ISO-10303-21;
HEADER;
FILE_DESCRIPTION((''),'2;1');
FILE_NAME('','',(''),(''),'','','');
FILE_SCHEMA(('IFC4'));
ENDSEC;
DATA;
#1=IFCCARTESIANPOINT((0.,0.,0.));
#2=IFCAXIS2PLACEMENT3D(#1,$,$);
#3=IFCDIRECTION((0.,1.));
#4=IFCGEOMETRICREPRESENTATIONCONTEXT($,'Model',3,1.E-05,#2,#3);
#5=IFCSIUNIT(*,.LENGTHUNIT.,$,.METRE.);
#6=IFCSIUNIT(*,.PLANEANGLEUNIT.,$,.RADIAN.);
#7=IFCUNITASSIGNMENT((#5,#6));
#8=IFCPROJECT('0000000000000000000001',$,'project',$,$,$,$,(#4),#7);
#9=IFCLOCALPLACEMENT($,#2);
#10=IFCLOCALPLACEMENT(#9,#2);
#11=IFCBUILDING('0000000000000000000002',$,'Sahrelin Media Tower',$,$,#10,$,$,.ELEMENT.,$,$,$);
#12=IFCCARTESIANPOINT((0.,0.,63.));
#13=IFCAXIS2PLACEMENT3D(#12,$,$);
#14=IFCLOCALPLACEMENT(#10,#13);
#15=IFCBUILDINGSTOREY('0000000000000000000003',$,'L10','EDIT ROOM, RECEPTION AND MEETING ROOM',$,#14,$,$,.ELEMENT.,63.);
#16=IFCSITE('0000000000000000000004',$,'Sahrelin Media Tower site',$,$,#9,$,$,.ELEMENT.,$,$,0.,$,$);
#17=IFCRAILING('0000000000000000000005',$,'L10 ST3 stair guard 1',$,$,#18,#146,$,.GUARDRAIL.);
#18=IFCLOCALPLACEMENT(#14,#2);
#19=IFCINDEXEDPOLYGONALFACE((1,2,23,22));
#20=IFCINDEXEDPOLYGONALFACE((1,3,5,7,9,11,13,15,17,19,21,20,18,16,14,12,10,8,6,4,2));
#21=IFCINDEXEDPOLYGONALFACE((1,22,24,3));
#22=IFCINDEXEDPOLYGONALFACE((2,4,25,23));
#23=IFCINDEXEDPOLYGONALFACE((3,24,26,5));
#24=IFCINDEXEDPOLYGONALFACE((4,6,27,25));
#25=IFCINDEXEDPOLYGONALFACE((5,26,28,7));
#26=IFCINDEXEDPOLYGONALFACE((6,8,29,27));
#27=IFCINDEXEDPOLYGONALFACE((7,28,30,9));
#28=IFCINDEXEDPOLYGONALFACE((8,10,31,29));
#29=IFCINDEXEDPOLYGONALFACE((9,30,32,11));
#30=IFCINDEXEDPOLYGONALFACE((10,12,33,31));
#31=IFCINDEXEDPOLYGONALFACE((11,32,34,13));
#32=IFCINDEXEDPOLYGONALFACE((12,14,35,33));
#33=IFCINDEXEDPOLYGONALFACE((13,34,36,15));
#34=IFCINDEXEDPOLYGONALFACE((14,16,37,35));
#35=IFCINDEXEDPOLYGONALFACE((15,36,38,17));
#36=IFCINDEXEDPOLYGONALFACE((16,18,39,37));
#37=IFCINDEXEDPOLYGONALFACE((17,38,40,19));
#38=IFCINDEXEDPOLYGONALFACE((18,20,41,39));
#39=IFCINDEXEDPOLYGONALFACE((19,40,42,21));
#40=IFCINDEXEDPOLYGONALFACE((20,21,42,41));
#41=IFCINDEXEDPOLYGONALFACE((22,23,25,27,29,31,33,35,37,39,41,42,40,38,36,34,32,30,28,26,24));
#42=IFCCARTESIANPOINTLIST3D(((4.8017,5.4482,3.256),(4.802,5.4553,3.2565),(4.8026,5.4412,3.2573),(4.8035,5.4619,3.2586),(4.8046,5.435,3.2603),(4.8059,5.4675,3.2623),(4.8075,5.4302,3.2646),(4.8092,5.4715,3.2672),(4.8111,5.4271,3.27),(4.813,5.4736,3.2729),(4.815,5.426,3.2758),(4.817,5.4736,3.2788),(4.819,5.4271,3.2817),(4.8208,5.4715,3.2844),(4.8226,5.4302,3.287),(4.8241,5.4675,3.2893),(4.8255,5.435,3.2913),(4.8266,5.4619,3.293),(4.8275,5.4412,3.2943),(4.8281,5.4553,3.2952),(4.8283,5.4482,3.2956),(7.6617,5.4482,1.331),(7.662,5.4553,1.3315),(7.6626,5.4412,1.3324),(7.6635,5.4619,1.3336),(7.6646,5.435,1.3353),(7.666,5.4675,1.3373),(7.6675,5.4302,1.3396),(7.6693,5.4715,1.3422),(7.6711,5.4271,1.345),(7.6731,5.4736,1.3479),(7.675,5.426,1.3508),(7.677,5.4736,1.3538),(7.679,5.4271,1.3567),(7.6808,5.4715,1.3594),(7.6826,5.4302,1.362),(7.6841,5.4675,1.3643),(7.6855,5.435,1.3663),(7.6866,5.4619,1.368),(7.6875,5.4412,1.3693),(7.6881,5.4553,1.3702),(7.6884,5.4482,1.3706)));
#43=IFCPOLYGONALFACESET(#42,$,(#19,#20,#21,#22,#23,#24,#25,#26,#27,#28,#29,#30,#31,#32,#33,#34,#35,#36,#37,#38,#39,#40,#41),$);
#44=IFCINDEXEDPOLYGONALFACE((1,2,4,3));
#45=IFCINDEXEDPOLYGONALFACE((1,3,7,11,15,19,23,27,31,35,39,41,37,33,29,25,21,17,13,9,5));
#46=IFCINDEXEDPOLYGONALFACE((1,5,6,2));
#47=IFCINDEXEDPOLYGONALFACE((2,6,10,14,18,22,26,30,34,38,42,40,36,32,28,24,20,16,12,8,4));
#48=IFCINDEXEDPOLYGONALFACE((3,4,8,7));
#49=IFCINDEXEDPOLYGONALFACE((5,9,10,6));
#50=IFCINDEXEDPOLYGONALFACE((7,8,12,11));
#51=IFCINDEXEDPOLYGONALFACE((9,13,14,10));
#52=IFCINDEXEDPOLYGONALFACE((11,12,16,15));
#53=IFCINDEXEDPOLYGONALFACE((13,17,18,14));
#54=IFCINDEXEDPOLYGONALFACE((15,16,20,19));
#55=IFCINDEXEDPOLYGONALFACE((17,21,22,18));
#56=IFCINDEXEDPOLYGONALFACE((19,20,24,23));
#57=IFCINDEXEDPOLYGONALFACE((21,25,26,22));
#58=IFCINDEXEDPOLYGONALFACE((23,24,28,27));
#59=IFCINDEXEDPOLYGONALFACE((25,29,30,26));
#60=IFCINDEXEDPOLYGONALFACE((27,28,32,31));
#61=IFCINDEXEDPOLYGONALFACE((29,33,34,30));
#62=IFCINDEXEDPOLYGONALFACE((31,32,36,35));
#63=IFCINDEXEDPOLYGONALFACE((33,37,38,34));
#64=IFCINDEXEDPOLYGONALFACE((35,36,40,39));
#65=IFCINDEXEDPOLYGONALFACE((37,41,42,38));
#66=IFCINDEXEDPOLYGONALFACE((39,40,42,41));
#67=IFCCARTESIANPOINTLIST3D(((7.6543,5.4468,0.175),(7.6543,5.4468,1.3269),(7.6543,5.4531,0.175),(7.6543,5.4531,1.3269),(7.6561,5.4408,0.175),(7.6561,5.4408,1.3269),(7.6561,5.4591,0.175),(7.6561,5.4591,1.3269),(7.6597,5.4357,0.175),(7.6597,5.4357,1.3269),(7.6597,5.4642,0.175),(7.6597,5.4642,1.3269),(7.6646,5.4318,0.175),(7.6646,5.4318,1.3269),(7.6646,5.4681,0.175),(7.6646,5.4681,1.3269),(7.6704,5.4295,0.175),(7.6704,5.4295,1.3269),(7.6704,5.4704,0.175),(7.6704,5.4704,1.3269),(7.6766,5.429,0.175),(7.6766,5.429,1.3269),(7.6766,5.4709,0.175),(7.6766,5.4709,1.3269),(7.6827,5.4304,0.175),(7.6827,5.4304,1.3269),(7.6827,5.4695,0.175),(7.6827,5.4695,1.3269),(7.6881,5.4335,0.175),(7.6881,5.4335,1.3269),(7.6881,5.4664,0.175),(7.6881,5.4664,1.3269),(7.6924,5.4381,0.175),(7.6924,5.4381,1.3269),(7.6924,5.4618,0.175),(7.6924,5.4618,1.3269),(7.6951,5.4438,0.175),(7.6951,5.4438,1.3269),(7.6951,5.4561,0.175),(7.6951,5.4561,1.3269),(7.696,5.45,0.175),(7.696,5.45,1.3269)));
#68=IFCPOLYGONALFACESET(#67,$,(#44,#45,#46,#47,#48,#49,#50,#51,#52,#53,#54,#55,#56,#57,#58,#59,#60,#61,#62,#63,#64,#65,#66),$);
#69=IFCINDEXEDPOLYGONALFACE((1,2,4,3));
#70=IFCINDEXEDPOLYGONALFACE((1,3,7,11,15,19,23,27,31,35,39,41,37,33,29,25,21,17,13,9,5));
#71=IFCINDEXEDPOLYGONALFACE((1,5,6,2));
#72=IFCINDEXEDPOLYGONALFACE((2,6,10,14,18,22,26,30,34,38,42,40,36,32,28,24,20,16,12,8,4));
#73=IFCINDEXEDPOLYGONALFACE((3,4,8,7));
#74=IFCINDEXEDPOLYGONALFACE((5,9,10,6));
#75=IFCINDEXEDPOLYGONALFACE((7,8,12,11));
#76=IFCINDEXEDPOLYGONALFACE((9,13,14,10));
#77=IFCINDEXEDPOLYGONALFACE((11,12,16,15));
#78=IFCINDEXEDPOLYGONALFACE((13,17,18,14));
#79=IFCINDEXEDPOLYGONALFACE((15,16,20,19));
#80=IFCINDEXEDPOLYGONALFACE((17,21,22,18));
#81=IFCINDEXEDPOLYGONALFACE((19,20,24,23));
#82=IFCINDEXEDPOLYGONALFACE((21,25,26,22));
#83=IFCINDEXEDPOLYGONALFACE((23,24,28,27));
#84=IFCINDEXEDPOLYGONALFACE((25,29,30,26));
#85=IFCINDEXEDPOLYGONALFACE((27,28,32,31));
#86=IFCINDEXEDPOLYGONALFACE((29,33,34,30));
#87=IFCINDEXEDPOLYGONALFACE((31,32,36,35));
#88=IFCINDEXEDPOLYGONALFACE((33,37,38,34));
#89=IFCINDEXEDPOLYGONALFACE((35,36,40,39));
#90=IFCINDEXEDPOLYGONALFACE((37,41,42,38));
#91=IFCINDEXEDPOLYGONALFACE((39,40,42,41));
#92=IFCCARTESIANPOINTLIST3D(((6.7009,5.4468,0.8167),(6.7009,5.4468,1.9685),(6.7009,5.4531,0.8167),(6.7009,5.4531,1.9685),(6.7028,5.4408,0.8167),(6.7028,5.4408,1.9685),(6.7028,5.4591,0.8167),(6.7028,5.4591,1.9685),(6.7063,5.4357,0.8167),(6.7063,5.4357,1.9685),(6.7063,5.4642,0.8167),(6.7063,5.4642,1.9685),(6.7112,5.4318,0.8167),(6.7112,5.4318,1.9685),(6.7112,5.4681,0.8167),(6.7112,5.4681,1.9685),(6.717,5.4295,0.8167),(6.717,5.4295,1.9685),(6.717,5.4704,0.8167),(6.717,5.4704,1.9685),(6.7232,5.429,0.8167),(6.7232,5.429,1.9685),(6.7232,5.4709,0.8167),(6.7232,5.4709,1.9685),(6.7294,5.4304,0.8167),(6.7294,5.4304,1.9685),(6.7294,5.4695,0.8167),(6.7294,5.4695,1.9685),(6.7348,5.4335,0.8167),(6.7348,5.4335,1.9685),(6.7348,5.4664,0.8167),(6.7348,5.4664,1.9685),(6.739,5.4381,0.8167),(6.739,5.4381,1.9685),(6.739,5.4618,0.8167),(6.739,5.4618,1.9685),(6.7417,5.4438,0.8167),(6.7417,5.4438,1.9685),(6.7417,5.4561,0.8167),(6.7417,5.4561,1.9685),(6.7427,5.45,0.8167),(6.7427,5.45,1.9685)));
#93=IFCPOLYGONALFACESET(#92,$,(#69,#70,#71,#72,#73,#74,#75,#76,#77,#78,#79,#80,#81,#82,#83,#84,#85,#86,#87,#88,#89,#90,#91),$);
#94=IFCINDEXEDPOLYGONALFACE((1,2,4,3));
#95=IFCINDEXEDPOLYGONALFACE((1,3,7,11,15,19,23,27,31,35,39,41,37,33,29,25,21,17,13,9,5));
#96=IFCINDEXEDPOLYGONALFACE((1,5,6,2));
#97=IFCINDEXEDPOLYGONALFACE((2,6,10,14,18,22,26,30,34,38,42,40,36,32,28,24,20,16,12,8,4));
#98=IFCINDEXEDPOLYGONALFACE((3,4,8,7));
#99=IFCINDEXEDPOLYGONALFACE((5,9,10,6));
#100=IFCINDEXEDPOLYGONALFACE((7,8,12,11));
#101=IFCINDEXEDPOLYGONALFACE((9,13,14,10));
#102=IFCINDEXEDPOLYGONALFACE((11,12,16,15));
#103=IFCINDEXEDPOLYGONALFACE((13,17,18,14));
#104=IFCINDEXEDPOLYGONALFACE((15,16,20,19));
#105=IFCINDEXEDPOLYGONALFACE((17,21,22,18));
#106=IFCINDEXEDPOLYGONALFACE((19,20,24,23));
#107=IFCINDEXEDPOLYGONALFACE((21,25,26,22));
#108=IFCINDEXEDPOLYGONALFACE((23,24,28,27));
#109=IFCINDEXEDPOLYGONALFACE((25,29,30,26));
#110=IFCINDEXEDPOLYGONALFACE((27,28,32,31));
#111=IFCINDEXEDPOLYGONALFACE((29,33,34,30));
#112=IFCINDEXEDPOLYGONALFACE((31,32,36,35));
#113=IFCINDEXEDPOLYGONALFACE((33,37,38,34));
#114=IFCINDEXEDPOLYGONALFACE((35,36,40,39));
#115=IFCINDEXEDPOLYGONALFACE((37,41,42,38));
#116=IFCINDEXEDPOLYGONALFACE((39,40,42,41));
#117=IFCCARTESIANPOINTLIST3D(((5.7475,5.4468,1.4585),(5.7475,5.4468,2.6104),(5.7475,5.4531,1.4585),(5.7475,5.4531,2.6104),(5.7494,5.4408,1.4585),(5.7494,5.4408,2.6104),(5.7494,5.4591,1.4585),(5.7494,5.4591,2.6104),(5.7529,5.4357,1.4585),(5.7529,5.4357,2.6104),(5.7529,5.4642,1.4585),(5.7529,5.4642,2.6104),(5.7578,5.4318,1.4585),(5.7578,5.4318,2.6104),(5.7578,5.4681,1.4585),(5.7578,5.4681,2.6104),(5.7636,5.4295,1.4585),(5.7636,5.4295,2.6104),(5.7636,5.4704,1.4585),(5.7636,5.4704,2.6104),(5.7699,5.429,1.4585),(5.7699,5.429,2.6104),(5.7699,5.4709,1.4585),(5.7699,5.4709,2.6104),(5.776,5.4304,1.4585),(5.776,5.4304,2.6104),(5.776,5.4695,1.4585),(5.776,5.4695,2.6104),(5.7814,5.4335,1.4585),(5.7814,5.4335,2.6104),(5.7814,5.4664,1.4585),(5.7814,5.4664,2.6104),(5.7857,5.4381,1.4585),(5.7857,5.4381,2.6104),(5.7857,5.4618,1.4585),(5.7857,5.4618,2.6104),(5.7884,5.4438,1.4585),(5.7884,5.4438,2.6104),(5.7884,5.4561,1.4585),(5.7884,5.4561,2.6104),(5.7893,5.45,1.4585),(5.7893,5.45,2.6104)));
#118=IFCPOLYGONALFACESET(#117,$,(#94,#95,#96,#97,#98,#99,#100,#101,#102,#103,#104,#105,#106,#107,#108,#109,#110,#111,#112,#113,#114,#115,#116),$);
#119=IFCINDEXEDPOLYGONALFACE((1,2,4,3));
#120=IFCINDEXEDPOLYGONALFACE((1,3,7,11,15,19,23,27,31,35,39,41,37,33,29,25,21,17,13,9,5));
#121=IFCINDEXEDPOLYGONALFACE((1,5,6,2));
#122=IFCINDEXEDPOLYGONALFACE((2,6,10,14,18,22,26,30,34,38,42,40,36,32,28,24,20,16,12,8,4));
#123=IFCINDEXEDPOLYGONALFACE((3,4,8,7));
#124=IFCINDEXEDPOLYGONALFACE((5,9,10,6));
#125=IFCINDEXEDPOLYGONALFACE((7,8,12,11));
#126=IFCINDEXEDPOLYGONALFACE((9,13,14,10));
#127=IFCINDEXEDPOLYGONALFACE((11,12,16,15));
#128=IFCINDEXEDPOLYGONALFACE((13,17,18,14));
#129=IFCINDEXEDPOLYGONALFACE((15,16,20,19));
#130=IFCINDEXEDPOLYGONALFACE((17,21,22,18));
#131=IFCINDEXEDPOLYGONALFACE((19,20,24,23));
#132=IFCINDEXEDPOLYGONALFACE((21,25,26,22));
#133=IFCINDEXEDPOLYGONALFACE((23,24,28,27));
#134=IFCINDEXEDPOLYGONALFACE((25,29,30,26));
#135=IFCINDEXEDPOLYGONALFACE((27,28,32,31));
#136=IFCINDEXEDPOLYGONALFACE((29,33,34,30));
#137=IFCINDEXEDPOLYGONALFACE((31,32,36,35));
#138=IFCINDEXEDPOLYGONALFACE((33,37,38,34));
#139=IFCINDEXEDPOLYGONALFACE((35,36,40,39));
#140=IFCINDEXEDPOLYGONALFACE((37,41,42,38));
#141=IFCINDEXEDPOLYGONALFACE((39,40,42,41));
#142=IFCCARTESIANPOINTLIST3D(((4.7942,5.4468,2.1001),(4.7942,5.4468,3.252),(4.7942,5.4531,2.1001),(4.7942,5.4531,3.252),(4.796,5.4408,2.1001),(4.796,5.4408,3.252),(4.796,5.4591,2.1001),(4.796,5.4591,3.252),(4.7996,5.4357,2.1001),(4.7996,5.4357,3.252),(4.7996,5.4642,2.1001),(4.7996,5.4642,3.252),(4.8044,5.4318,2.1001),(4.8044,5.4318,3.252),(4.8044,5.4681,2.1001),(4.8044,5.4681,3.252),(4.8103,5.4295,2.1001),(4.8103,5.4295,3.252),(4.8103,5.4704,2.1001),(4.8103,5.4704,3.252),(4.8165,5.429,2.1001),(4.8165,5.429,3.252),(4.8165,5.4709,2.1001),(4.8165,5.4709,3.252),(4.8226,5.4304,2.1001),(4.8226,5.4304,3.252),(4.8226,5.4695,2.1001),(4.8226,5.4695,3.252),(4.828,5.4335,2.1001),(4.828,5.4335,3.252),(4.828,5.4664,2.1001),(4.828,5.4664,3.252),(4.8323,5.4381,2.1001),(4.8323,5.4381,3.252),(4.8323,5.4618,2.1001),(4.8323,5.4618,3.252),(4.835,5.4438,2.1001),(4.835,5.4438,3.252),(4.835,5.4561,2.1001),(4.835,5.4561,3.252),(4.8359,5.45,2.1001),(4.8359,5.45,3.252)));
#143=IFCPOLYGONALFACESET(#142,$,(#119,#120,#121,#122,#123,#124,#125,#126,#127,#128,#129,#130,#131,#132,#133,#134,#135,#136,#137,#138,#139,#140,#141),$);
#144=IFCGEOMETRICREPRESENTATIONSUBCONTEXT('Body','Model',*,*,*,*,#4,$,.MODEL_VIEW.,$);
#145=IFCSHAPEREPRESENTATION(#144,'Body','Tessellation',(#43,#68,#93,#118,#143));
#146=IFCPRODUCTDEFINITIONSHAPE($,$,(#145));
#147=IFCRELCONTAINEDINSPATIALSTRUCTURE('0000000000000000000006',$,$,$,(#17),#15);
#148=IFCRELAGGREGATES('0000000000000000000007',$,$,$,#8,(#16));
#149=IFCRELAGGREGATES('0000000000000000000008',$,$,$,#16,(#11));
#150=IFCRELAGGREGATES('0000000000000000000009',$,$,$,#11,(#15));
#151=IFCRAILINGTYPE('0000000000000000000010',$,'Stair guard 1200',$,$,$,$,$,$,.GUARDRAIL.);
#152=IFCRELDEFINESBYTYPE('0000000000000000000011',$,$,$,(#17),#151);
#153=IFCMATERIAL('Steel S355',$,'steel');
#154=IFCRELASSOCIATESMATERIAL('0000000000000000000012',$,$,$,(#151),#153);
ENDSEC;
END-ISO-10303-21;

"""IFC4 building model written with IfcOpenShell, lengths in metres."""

from ifc_helpers import new_model, si_unit, direction, frame, origin, origin_2d, place, context, subcontext, project, spatial, circle, extrude, material, type_object, element, save


model = new_model("IFC4")

# Units and contexts
model_context = context("Model", 3, precision=1e-05, world=origin(), true_north=direction((0.0, 1.0)))
body_context = subcontext(model_context, "Body", "Model", "MODEL_VIEW")
ifc_project = project(units=[si_unit("LENGTHUNIT", "METRE"), si_unit("PLANEANGLEUNIT", "RADIAN")], contexts=[model_context])

# Site, building, storey
site_placement = place(None, origin())
site = spatial("IfcSite", under=ifc_project, at=site_placement, Name="Sahrelin Media Tower site", CompositionType="ELEMENT", RefElevation=0.0)
building_placement = place(site_placement, origin())
building = spatial("IfcBuilding", under=site, at=building_placement, Name="Sahrelin Media Tower", CompositionType="ELEMENT")
storey_placement = place(building_placement, frame((0.0, 0.0, 63.0)))
storey = spatial("IfcBuildingStorey", under=building, at=storey_placement, Name="L10", Description="EDIT ROOM, RECEPTION AND MEETING ROOM", CompositionType="ELEMENT", Elevation=63.0)

# Shared definitions
ifc_material_1 = material(Name="Steel S355", Category="steel")

# Railing
railing_type_1 = type_object("IfcRailingType", Name="Stair guard 1200", PredefinedType="GUARDRAIL", material=ifc_material_1)
railing_1_placement = place(storey_placement, frame((7.675, 5.45, 0.175)))
element("IfcRailing", 1, at=railing_1_placement, inside=storey, type_object=railing_type_1, Name="L10 ST3 stair guard 1", PredefinedType="GUARDRAIL", context=body_context, shape_type="SweptSolid", body=[
    extrude(circle(Radius=0.0239, at=origin_2d()), frame((0.0, 0.0, 1.1758), z_axis=(-0.829591, 0.0, 0.558372), x_axis=(0.0, -1.0, 0.0)), (0.0, 0.0, 1.0), 3.4475),
    extrude(circle(Radius=0.021, at=origin_2d()), origin(), (0.0, 0.0, 1.0), 1.1519),
    extrude(circle(Radius=0.021, at=origin_2d()), frame((-0.9534, 0.0, 0.6416)), (0.0, 0.0, 1.0), 1.1519),
    extrude(circle(Radius=0.021, at=origin_2d()), frame((-1.9067, 0.0, 1.2834)), (0.0, 0.0, 1.0), 1.1519),
    extrude(circle(Radius=0.021, at=origin_2d()), frame((-2.8601, 0.0, 1.925)), (0.0, 0.0, 1.0), 1.1519),
])

save(model, "model.ifc")
